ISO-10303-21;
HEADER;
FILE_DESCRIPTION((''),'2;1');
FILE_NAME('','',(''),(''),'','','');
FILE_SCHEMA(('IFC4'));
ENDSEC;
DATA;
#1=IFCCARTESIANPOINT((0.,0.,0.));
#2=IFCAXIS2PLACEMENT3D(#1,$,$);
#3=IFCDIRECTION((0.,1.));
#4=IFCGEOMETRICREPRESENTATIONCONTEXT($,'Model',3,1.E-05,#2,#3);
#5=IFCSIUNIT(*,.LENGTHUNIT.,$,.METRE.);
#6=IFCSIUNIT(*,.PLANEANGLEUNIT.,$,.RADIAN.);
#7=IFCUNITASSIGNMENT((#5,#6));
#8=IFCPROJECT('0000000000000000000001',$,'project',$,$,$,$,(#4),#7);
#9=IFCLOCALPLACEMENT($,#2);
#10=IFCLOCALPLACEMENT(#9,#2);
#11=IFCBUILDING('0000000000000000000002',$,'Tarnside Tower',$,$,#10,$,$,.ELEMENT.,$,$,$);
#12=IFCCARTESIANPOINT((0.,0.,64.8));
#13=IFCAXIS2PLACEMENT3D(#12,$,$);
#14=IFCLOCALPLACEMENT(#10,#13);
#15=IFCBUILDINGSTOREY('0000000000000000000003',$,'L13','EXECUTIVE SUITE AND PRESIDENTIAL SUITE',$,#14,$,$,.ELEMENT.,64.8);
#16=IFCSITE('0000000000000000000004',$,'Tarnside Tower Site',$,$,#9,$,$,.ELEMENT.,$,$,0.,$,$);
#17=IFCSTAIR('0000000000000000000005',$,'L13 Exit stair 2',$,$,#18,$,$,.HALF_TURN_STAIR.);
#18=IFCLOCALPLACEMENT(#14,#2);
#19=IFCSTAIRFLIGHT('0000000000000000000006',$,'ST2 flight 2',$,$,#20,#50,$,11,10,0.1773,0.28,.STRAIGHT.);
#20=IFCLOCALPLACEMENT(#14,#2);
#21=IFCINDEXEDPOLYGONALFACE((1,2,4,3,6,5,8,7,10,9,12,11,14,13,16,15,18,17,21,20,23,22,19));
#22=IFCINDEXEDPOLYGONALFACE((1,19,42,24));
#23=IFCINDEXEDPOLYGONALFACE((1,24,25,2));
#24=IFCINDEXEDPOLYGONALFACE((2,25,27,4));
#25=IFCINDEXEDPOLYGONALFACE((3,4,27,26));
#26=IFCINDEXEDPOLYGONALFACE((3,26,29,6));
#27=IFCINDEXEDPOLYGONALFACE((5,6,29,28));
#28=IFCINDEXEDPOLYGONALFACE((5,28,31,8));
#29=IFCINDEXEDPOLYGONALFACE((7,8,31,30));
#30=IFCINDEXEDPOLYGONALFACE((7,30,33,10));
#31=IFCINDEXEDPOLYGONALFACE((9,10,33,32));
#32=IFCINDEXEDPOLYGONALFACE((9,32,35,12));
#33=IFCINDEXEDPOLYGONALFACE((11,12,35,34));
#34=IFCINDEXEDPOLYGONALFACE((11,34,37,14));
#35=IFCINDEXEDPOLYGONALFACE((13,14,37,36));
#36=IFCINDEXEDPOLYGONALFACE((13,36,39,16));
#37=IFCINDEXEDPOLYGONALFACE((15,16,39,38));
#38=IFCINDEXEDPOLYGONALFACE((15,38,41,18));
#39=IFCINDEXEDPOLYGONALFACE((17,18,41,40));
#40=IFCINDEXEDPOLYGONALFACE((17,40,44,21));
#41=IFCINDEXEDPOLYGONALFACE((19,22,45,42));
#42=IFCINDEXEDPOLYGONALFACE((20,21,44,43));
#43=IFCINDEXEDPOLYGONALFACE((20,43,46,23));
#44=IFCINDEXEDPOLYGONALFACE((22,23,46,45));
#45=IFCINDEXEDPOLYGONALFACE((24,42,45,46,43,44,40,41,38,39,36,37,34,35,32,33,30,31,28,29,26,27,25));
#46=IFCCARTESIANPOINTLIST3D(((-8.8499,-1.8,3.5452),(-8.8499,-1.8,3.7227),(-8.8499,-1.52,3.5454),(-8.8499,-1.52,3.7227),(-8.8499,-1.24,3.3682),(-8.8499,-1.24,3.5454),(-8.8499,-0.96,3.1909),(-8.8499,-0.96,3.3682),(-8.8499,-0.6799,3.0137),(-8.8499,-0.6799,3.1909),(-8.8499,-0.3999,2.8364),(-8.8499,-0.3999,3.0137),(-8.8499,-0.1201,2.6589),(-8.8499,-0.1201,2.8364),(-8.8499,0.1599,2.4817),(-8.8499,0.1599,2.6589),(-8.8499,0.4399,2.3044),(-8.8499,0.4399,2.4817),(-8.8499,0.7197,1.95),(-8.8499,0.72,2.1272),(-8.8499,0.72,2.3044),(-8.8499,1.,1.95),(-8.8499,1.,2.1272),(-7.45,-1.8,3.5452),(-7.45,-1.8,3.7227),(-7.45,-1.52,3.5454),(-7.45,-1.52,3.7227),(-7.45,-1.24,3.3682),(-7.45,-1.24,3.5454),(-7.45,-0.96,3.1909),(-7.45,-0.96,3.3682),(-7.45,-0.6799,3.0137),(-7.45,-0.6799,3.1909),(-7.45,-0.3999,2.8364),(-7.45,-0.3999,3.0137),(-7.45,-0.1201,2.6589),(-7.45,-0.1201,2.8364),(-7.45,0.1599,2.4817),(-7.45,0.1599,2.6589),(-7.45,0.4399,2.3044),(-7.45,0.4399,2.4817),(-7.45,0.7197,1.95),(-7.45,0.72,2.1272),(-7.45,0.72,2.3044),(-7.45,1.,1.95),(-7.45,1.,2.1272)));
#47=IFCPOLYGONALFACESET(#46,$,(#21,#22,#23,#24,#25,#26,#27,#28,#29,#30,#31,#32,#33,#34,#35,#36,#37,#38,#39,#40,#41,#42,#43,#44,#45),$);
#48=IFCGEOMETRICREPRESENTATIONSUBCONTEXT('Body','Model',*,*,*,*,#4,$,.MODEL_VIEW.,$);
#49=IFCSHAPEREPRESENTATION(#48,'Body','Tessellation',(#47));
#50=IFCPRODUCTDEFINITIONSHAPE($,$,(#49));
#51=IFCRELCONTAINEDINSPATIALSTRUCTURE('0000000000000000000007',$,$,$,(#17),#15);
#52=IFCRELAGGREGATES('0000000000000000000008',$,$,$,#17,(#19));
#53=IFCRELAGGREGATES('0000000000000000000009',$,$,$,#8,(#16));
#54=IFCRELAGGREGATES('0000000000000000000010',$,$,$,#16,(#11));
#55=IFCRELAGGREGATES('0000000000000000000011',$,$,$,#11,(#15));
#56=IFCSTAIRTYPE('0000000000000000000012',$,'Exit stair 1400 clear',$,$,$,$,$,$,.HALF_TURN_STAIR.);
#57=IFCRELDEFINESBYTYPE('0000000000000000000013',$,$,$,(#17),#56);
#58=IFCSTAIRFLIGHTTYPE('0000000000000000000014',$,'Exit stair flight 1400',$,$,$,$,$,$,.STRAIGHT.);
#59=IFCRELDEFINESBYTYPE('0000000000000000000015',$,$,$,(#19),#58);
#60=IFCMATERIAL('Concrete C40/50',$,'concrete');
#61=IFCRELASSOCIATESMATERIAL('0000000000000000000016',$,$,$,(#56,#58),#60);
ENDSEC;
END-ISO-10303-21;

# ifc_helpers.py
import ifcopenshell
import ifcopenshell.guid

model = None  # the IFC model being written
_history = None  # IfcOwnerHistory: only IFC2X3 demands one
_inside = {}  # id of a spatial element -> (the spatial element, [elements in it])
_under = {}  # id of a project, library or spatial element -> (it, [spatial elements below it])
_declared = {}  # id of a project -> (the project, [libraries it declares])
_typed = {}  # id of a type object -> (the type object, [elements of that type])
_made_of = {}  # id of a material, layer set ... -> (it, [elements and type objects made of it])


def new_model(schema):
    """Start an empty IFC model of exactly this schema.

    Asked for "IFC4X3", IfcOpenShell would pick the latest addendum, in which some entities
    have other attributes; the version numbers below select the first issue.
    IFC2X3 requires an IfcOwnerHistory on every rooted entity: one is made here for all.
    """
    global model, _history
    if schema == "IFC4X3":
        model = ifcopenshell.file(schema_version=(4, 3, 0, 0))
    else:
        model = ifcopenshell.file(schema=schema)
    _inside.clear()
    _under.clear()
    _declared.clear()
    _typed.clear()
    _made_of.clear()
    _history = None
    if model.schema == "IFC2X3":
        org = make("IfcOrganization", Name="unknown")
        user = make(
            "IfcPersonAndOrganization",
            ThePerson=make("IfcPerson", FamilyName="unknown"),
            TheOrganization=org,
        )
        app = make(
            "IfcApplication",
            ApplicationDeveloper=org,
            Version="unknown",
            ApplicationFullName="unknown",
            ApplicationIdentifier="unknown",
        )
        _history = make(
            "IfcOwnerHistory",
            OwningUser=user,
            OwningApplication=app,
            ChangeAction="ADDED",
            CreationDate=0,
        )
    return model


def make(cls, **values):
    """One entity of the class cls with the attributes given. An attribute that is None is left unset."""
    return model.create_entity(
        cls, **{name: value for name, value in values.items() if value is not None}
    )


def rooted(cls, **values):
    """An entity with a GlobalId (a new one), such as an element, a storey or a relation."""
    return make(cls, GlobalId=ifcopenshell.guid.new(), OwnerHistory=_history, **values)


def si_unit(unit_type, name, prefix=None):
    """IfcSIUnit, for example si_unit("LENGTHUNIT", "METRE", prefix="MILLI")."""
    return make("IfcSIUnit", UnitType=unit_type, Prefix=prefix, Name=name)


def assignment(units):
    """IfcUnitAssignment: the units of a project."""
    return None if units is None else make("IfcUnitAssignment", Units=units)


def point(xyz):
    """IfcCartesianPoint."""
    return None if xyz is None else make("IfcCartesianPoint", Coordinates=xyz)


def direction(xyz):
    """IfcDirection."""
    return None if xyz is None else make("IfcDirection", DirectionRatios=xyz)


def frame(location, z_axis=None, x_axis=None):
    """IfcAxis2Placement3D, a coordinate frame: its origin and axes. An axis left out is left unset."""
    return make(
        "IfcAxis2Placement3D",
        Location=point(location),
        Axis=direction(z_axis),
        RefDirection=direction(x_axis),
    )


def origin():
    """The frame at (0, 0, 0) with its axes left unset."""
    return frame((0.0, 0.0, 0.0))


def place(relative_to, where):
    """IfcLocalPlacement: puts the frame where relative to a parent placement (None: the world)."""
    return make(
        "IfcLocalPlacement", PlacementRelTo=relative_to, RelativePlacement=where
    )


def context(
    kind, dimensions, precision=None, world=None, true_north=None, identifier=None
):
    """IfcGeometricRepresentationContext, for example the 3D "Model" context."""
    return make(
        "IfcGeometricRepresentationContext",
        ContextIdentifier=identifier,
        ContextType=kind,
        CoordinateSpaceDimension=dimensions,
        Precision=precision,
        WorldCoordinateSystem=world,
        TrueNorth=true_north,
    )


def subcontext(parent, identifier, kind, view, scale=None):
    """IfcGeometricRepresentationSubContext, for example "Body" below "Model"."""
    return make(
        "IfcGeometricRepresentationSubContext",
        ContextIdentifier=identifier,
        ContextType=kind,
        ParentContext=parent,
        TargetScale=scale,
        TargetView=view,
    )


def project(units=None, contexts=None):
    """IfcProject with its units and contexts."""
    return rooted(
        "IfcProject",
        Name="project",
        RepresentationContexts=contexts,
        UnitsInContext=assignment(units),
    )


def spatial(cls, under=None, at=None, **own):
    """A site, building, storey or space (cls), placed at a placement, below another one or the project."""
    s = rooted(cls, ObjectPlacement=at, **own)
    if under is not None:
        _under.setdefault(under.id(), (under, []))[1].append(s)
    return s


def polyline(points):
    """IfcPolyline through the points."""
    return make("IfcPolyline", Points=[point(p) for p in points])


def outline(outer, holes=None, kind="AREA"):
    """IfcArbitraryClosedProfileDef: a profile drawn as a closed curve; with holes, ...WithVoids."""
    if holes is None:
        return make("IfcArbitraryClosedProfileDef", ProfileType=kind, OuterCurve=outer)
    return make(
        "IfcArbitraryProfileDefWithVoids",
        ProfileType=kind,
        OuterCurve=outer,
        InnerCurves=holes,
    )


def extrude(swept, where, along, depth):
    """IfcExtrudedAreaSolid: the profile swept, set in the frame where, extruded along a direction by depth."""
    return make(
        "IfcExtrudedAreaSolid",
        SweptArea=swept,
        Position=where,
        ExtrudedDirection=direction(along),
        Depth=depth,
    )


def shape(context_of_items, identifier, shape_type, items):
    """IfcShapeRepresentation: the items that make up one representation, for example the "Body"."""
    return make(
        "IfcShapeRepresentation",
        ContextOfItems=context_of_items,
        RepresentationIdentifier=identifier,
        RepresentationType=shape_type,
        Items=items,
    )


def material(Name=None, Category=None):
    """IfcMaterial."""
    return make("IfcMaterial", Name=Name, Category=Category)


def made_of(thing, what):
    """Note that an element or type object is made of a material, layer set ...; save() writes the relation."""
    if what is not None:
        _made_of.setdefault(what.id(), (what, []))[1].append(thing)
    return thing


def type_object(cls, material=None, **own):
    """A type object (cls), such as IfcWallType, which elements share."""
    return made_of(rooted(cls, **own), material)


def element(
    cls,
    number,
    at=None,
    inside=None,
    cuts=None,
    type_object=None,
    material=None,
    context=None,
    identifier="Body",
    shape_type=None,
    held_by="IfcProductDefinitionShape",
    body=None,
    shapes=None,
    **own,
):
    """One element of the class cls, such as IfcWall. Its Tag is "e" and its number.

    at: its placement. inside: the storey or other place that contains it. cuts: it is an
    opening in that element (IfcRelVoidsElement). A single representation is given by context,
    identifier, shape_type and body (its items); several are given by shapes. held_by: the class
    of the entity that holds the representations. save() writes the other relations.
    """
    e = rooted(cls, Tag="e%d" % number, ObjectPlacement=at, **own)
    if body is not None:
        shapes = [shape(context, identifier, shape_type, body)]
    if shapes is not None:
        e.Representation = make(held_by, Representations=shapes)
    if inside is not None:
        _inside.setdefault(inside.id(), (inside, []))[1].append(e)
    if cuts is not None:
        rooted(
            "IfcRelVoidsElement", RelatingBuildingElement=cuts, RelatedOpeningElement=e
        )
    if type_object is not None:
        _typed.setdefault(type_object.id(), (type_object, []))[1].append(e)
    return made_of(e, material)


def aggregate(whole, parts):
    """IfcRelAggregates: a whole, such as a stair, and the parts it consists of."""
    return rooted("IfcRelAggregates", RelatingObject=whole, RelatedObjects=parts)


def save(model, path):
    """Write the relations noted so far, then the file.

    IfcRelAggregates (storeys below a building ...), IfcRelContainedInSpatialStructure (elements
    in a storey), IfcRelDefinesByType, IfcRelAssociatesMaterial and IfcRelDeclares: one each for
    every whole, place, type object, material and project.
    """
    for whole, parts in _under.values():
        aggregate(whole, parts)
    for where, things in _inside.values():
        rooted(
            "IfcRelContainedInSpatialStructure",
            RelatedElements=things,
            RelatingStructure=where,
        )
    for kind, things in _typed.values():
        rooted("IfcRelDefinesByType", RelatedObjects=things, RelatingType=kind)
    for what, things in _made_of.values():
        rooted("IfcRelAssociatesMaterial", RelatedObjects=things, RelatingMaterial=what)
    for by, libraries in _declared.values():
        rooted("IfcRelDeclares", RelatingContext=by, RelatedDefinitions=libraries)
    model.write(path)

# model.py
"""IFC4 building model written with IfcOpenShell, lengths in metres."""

from ifc_helpers import new_model, si_unit, direction, frame, origin, place, context, subcontext, project, spatial, polyline, outline, extrude, material, type_object, element, aggregate, save


model = new_model("IFC4")

# Units and contexts
model_context = context("Model", 3, precision=1e-05, world=origin(), true_north=direction((0.0, 1.0)))
body_context = subcontext(model_context, "Body", "Model", "MODEL_VIEW")
ifc_project = project(units=[si_unit("LENGTHUNIT", "METRE"), si_unit("PLANEANGLEUNIT", "RADIAN")], contexts=[model_context])

# Site, building, storey
site_placement = place(None, origin())
site = spatial("IfcSite", under=ifc_project, at=site_placement, Name="Tarnside Tower Site", CompositionType="ELEMENT", RefElevation=0.0)
building_placement = place(site_placement, origin())
building = spatial("IfcBuilding", under=site, at=building_placement, Name="Tarnside Tower", CompositionType="ELEMENT")
storey_placement = place(building_placement, frame((0.0, 0.0, 64.8)))
storey = spatial("IfcBuildingStorey", under=building, at=storey_placement, Name="L13", Description="EXECUTIVE SUITE AND PRESIDENTIAL SUITE", CompositionType="ELEMENT", Elevation=64.8)

# Shared definitions
ifc_material_1 = material(Name="Concrete C40/50", Category="concrete")

# Stair
stair_type = type_object("IfcStairType", Name="Exit stair 1400 clear", PredefinedType="HALF_TURN_STAIR", material=ifc_material_1)
stair_1_placement = place(storey_placement, origin())
stair_1 = element("IfcStair", 1, at=stair_1_placement, inside=storey, type_object=stair_type, Name="L13 Exit stair 2", PredefinedType="HALF_TURN_STAIR")

# Stair flight
stair_flight_type = type_object("IfcStairFlightType", Name="Exit stair flight 1400", PredefinedType="STRAIGHT", material=ifc_material_1)
stair_flight_placement = place(storey_placement, frame((-8.1499, 1.0, 1.95), z_axis=(0.0, 0.0, 1.0), x_axis=(0.0, -1.0, 0.0)))
stair_flight = element("IfcStairFlight", 2, at=stair_flight_placement, type_object=stair_flight_type, Name="ST2 flight 2", NumberOfRisers=11, NumberOfTreads=10, PredefinedType="STRAIGHT", RiserHeight=0.1773, TreadLength=0.28, context=body_context, shape_type="SweptSolid", body=[
    extrude(outline(polyline([(0.0, 0.0), (0.0, 0.1772), (0.28, 0.1772), (0.28, 0.3545), (0.5601, 0.3545), (0.5601, 0.5317), (0.8401, 0.5317), (0.8401, 0.709), (1.1201, 0.709), (1.1201, 0.8865), (1.3999, 0.8865), (1.3999, 1.0637), (1.6799, 1.0637), (1.6799, 1.241), (1.96, 1.241), (1.96, 1.4182), (2.24, 1.4182), (2.24, 1.5955), (2.52, 1.5955), (2.52, 1.7727), (2.8, 1.7727), (2.8, 1.95), (2.8, 1.5952), (0.2803, 0.0), (0.0, 0.0)])), frame((0.0, 0.7, 0.0), z_axis=(0.0, -1.0, 0.0), x_axis=(1.0, 0.0, 0.0)), (0.0, 0.0, 1.0), 1.3999),
])
aggregate(stair_1, [stair_flight])

save(model, "model.ifc")
